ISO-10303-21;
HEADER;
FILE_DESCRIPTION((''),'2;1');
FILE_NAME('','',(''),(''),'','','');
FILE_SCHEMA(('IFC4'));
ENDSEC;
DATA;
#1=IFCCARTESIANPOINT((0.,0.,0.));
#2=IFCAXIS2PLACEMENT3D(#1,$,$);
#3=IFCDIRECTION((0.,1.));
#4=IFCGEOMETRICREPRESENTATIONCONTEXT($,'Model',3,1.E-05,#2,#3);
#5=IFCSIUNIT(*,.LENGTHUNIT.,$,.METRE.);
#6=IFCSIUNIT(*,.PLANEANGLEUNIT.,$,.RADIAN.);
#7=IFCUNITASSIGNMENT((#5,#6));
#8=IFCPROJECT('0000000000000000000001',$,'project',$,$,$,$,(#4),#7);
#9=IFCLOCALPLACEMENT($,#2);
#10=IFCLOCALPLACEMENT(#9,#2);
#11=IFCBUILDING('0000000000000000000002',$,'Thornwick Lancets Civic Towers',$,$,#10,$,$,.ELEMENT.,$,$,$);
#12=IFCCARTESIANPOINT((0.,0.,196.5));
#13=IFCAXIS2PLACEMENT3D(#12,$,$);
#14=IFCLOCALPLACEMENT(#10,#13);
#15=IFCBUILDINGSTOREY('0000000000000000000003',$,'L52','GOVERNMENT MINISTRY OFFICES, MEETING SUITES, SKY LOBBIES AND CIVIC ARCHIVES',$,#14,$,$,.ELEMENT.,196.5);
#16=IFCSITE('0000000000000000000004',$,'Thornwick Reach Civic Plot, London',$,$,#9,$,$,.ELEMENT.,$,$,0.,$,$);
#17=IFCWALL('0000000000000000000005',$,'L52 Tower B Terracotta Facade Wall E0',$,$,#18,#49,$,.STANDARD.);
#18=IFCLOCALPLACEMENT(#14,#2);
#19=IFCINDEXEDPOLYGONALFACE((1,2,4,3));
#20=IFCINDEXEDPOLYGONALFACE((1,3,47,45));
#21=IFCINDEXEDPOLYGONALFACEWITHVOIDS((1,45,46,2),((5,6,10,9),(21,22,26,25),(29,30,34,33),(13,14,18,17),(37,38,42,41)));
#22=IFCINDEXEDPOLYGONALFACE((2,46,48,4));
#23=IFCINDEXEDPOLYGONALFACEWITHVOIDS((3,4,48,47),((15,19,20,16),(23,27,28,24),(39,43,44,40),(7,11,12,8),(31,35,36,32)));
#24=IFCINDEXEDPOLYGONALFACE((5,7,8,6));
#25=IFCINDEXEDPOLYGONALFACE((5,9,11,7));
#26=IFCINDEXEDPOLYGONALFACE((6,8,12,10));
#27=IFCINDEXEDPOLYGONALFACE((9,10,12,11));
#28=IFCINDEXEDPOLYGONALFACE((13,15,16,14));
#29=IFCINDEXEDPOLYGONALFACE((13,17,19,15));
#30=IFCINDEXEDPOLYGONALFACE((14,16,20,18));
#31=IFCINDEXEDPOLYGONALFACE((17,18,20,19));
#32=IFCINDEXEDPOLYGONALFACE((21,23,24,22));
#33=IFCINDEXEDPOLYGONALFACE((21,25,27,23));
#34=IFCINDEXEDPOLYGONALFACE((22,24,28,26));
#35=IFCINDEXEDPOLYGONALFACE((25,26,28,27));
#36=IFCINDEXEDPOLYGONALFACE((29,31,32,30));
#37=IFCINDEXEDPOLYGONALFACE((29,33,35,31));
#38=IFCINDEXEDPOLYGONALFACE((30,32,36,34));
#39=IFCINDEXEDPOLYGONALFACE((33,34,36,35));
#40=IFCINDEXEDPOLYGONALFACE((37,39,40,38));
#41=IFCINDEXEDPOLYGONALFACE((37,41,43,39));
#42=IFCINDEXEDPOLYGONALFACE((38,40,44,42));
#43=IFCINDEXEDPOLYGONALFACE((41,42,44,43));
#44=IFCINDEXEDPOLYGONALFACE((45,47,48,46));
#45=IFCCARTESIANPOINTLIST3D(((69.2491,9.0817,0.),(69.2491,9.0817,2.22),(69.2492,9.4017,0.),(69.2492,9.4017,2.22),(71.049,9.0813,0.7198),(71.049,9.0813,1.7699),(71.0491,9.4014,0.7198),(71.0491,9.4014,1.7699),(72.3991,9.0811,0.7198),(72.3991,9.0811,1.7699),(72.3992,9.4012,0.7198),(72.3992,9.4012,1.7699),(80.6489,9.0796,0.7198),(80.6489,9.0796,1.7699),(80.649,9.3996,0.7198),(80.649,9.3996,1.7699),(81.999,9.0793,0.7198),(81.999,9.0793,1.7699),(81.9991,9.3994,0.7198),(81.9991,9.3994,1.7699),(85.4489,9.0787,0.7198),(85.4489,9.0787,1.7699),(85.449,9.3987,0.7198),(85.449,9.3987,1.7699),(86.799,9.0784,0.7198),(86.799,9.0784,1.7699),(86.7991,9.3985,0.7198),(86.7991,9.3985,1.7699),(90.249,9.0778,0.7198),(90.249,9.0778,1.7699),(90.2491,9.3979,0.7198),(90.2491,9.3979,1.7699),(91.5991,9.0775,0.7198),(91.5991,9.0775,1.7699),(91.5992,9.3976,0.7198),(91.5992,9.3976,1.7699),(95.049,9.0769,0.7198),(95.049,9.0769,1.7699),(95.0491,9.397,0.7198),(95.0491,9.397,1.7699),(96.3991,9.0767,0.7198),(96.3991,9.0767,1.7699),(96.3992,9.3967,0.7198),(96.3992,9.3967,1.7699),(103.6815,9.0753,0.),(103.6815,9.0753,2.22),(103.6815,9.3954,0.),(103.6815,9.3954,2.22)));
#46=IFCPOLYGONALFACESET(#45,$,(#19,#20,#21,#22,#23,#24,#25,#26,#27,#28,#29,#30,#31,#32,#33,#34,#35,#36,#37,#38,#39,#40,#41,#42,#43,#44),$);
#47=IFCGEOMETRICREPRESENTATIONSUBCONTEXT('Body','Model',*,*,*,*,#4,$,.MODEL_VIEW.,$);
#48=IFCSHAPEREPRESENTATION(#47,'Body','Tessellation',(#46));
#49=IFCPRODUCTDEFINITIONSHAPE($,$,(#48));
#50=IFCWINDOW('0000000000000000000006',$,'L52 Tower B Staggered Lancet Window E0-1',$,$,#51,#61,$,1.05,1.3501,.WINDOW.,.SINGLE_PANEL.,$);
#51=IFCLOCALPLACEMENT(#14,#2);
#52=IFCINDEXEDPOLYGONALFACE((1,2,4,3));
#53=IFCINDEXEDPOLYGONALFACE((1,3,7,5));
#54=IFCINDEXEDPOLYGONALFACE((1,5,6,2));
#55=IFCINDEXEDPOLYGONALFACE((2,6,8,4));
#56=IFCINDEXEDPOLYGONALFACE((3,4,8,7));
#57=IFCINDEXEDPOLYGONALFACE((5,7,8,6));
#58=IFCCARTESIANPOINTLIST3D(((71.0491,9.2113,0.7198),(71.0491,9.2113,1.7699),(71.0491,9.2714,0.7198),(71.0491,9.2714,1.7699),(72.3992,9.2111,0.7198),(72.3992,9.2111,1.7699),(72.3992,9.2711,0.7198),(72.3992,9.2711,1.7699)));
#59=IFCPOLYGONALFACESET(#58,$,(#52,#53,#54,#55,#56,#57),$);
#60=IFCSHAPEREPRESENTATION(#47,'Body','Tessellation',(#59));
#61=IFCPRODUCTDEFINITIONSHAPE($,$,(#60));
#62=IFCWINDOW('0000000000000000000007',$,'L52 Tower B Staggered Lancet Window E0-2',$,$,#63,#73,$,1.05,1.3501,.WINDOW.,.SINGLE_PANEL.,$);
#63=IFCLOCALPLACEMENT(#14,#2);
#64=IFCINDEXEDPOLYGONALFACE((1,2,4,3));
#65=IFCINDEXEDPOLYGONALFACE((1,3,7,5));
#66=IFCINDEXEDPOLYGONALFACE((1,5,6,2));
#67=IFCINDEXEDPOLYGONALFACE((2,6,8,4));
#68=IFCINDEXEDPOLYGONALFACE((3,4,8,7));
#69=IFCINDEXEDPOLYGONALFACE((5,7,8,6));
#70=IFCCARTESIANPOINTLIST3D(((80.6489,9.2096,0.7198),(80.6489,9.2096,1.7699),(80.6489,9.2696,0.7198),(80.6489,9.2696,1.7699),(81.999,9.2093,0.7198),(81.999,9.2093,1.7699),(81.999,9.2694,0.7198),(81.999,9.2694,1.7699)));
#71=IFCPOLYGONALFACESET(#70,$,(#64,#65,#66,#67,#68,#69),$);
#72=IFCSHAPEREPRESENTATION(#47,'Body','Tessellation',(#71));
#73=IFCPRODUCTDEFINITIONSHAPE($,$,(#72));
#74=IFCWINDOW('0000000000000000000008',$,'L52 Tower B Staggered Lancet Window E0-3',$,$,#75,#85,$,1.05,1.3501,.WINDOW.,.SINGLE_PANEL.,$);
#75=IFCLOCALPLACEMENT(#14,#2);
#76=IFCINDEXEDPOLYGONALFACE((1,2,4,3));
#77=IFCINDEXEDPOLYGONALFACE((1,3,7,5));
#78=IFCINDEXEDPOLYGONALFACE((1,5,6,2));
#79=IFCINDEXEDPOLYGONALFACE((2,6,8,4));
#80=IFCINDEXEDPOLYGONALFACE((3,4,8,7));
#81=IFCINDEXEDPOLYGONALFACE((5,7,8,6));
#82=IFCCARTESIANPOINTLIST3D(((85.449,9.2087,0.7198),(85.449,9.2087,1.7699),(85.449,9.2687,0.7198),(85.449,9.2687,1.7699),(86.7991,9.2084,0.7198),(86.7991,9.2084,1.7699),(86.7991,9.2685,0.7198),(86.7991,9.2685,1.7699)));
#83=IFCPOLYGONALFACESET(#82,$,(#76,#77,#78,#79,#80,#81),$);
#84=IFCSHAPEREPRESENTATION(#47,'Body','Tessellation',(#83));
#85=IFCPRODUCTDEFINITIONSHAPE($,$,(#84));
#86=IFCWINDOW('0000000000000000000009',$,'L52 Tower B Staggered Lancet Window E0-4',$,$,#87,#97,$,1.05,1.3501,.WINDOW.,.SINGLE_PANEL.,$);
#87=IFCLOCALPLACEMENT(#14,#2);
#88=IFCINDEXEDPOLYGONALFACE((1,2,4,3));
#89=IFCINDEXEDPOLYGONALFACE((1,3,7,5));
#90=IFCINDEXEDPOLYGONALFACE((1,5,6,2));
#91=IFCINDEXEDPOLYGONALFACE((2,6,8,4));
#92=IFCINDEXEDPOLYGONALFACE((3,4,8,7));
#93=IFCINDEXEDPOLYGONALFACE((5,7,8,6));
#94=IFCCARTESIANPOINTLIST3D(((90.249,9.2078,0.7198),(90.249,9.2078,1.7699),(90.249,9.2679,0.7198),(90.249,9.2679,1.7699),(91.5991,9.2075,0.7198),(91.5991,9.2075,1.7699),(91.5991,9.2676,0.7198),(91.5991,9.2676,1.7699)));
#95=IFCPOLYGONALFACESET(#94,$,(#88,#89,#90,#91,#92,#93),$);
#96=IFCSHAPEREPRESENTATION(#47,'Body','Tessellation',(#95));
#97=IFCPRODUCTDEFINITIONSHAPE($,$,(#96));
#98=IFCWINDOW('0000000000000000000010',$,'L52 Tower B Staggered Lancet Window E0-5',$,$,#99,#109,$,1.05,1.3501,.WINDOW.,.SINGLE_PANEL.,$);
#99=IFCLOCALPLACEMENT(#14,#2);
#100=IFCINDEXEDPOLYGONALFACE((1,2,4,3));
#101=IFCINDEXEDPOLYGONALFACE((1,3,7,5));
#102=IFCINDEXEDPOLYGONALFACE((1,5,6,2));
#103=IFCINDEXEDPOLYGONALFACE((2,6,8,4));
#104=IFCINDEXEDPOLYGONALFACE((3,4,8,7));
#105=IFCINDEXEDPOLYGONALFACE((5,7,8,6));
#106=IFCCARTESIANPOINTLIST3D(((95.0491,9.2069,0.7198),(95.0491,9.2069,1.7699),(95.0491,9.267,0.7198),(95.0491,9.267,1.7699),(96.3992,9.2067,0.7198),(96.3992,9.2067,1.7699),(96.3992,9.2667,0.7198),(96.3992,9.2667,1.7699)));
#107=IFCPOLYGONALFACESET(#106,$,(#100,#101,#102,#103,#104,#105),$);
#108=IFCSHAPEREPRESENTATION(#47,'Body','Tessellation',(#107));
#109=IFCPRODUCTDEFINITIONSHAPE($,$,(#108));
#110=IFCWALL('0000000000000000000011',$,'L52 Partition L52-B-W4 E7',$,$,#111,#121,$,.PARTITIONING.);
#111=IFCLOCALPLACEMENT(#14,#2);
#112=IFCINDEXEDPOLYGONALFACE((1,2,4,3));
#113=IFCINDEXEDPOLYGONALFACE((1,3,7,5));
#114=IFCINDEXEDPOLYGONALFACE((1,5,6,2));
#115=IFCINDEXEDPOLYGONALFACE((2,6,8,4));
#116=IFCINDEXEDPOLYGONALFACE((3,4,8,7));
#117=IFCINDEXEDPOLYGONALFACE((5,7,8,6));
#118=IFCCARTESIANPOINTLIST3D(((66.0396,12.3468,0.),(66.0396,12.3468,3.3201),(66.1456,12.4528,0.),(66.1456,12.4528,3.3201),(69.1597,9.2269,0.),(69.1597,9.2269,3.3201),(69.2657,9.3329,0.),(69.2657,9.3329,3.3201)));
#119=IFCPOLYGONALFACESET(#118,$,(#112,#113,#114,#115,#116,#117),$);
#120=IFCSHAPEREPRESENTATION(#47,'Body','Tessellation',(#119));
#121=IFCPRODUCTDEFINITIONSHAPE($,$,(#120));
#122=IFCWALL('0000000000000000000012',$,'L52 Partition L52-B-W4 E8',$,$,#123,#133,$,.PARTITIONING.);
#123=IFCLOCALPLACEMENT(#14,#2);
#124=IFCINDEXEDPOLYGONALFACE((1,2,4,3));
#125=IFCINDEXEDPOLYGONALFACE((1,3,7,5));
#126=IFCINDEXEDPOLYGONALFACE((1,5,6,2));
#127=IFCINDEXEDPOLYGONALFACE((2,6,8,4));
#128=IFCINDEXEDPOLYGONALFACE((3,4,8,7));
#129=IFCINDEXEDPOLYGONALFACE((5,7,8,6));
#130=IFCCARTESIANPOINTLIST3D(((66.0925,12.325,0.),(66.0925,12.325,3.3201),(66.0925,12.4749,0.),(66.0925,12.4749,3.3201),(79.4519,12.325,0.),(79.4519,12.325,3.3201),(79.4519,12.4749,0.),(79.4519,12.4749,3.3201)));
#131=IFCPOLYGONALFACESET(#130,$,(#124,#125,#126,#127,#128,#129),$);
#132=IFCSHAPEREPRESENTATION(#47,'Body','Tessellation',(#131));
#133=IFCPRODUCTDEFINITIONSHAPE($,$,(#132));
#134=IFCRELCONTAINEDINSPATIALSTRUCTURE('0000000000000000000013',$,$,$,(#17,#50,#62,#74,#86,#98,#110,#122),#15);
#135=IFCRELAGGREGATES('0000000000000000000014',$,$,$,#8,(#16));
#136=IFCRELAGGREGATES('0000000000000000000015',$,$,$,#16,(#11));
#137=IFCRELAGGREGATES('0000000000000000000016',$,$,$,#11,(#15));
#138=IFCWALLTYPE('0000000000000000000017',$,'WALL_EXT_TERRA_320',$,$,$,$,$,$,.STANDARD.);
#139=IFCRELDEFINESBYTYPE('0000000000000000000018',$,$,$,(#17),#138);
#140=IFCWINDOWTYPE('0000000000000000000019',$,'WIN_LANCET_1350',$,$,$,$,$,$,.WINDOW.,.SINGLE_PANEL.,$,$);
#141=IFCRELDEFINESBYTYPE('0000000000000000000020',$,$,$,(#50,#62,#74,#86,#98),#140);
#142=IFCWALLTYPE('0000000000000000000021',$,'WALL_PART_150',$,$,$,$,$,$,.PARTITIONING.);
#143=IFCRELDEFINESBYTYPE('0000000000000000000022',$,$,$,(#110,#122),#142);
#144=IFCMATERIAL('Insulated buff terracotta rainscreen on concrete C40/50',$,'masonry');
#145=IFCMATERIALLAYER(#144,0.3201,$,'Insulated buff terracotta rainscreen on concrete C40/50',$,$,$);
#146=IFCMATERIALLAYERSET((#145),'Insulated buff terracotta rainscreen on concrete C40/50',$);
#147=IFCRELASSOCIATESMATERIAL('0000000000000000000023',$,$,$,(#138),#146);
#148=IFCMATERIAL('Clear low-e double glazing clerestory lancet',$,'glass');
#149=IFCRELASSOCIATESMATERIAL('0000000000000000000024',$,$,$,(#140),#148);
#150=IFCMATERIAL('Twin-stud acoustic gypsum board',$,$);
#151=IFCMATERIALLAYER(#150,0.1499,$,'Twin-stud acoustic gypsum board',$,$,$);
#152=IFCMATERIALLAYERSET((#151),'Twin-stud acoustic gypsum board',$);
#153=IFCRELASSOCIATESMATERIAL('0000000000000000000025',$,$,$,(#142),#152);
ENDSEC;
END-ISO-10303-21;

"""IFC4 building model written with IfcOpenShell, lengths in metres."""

from ifc_helpers import new_model, si_unit, direction, frame, frame_2d, origin, place, context, subcontext, project, spatial, rectangle, extrude, material, layer, layer_set, type_object, element, fill, save


model = new_model("IFC4")

# Units and contexts
model_context = context("Model", 3, precision=1e-05, world=origin(), true_north=direction((0.0, 1.0)))
body_context = subcontext(model_context, "Body", "Model", "MODEL_VIEW")
ifc_project = project(units=[si_unit("LENGTHUNIT", "METRE"), si_unit("PLANEANGLEUNIT", "RADIAN")], contexts=[model_context])

# Site, building, storey
site_placement = place(None, origin())
site = spatial("IfcSite", under=ifc_project, at=site_placement, Name="Thornwick Reach Civic Plot, London", CompositionType="ELEMENT", RefElevation=0.0)
building_placement = place(site_placement, origin())
building = spatial("IfcBuilding", under=site, at=building_placement, Name="Thornwick Lancets Civic Towers", CompositionType="ELEMENT")
storey_placement = place(building_placement, frame((0.0, 0.0, 196.5)))
storey = spatial("IfcBuildingStorey", under=building, at=storey_placement, Name="L52", Description="GOVERNMENT MINISTRY OFFICES, MEETING SUITES, SKY LOBBIES AND CIVIC ARCHIVES", CompositionType="ELEMENT", Elevation=196.5)

# Wall, openings, windows
ifc_material_1 = material(Name="Insulated buff terracotta rainscreen on concrete C40/50", Category="masonry")
ifc_layer_1 = layer(ifc_material_1, 0.3201, Name="Insulated buff terracotta rainscreen on concrete C40/50")
ifc_layer_set_1 = layer_set([ifc_layer_1], Name="Insulated buff terracotta rainscreen on concrete C40/50")
wall_type_1 = type_object("IfcWallType", Name="WALL_EXT_TERRA_320", PredefinedType="STANDARD", material=ifc_layer_set_1)
ifc_material_2 = material(Name="Clear low-e double glazing clerestory lancet", Category="glass")
window_type = type_object("IfcWindowType", Name="WIN_LANCET_1350", PartitioningType="SINGLE_PANEL", PredefinedType="WINDOW", material=ifc_material_2)
wall_1_placement = place(storey_placement, frame((69.249, 9.2417, 0.0), z_axis=(0.0, 0.0, 1.0), x_axis=(1.0, -0.000184, 0.0)))
wall_1 = element("IfcWall", 1, at=wall_1_placement, inside=storey, type_object=wall_type_1, Name="L52 Tower B Terracotta Facade Wall E0", PredefinedType="STANDARD", context=body_context, shape_type="SweptSolid", body=[
    extrude(rectangle(XDim=34.4324, YDim=0.3201, at=frame_2d((17.2163, 0.0))), origin(), (0.0, 0.0, 1.0), 2.22),
])
opening_1_placement = place(wall_1_placement, frame((1.8, 0.0, 0.72)))
opening_1 = element("IfcOpeningElement", 2, at=opening_1_placement, cuts=wall_1, PredefinedType="OPENING", context=body_context, shape_type="SweptSolid", body=[
    extrude(rectangle(XDim=1.3501, YDim=1.05, at=frame_2d((0.675, 0.5249))), frame((0.0, 0.1699, 0.0), z_axis=(0.0, -1.0, 0.0), x_axis=(1.0, 0.0, 0.0)), (0.0, 0.0, 1.0), 0.3401),
])
opening_2_placement = place(wall_1_placement, frame((11.3999, 0.0, 0.72)))
opening_2 = element("IfcOpeningElement", 3, at=opening_2_placement, cuts=wall_1, PredefinedType="OPENING", context=body_context, shape_type="SweptSolid", body=[
    extrude(rectangle(XDim=1.3501, YDim=1.05, at=frame_2d((0.675, 0.5249))), frame((0.0, 0.1699, 0.0), z_axis=(0.0, -1.0, 0.0), x_axis=(1.0, 0.0, 0.0)), (0.0, 0.0, 1.0), 0.3401),
])
opening_3_placement = place(wall_1_placement, frame((16.2, 0.0, 0.72)))
opening_3 = element("IfcOpeningElement", 4, at=opening_3_placement, cuts=wall_1, PredefinedType="OPENING", context=body_context, shape_type="SweptSolid", body=[
    extrude(rectangle(XDim=1.3501, YDim=1.05, at=frame_2d((0.675, 0.5249))), frame((0.0, 0.1699, 0.0), z_axis=(0.0, -1.0, 0.0), x_axis=(1.0, 0.0, 0.0)), (0.0, 0.0, 1.0), 0.3401),
])
opening_4_placement = place(wall_1_placement, frame((21.0, 0.0, 0.72)))
opening_4 = element("IfcOpeningElement", 5, at=opening_4_placement, cuts=wall_1, PredefinedType="OPENING", context=body_context, shape_type="SweptSolid", body=[
    extrude(rectangle(XDim=1.3501, YDim=1.05, at=frame_2d((0.675, 0.5249))), frame((0.0, 0.1699, 0.0), z_axis=(0.0, -1.0, 0.0), x_axis=(1.0, 0.0, 0.0)), (0.0, 0.0, 1.0), 0.3401),
])
opening_5_placement = place(wall_1_placement, frame((25.8, 0.0, 0.72)))
opening_5 = element("IfcOpeningElement", 6, at=opening_5_placement, cuts=wall_1, PredefinedType="OPENING", context=body_context, shape_type="SweptSolid", body=[
    extrude(rectangle(XDim=1.3501, YDim=1.05, at=frame_2d((0.675, 0.5249))), frame((0.0, 0.1699, 0.0), z_axis=(0.0, -1.0, 0.0), x_axis=(1.0, 0.0, 0.0)), (0.0, 0.0, 1.0), 0.3401),
])
window_1_placement = place(opening_1_placement, origin())
window_1 = element("IfcWindow", 7, at=window_1_placement, inside=storey, type_object=window_type, Name="L52 Tower B Staggered Lancet Window E0-1", OverallHeight=1.05, OverallWidth=1.3501, PartitioningType="SINGLE_PANEL", PredefinedType="WINDOW", context=body_context, shape_type="SweptSolid", body=[
    extrude(rectangle(XDim=1.3501, YDim=1.05, at=frame_2d((0.675, 0.5249))), frame((0.0, 0.03, 0.0), z_axis=(0.0, -1.0, 0.0), x_axis=(1.0, 0.0, 0.0)), (0.0, 0.0, 1.0), 0.0601),
])
fill(opening_1, window_1)
window_2_placement = place(opening_2_placement, origin())
window_2 = element("IfcWindow", 8, at=window_2_placement, inside=storey, type_object=window_type, Name="L52 Tower B Staggered Lancet Window E0-2", OverallHeight=1.05, OverallWidth=1.3501, PartitioningType="SINGLE_PANEL", PredefinedType="WINDOW", context=body_context, shape_type="SweptSolid", body=[
    extrude(rectangle(XDim=1.3501, YDim=1.05, at=frame_2d((0.675, 0.5249))), frame((0.0, 0.03, 0.0), z_axis=(0.0, -1.0, 0.0), x_axis=(1.0, 0.0, 0.0)), (0.0, 0.0, 1.0), 0.0601),
])
fill(opening_2, window_2)
window_3_placement = place(opening_3_placement, origin())
window_3 = element("IfcWindow", 9, at=window_3_placement, inside=storey, type_object=window_type, Name="L52 Tower B Staggered Lancet Window E0-3", OverallHeight=1.05, OverallWidth=1.3501, PartitioningType="SINGLE_PANEL", PredefinedType="WINDOW", context=body_context, shape_type="SweptSolid", body=[
    extrude(rectangle(XDim=1.3501, YDim=1.05, at=frame_2d((0.675, 0.5249))), frame((0.0, 0.03, 0.0), z_axis=(0.0, -1.0, 0.0), x_axis=(1.0, 0.0, 0.0)), (0.0, 0.0, 1.0), 0.0601),
])
fill(opening_3, window_3)
window_4_placement = place(opening_4_placement, origin())
window_4 = element("IfcWindow", 10, at=window_4_placement, inside=storey, type_object=window_type, Name="L52 Tower B Staggered Lancet Window E0-4", OverallHeight=1.05, OverallWidth=1.3501, PartitioningType="SINGLE_PANEL", PredefinedType="WINDOW", context=body_context, shape_type="SweptSolid", body=[
    extrude(rectangle(XDim=1.3501, YDim=1.05, at=frame_2d((0.675, 0.5249))), frame((0.0, 0.03, 0.0), z_axis=(0.0, -1.0, 0.0), x_axis=(1.0, 0.0, 0.0)), (0.0, 0.0, 1.0), 0.0601),
])
fill(opening_4, window_4)
window_5_placement = place(opening_5_placement, origin())
window_5 = element("IfcWindow", 11, at=window_5_placement, inside=storey, type_object=window_type, Name="L52 Tower B Staggered Lancet Window E0-5", OverallHeight=1.05, OverallWidth=1.3501, PartitioningType="SINGLE_PANEL", PredefinedType="WINDOW", context=body_context, shape_type="SweptSolid", body=[
    extrude(rectangle(XDim=1.3501, YDim=1.05, at=frame_2d((0.675, 0.5249))), frame((0.0, 0.03, 0.0), z_axis=(0.0, -1.0, 0.0), x_axis=(1.0, 0.0, 0.0)), (0.0, 0.0, 1.0), 0.0601),
])
fill(opening_5, window_5)

# Walls
ifc_material_3 = material(Name="Twin-stud acoustic gypsum board")
ifc_layer_2 = layer(ifc_material_3, 0.1499, Name="Twin-stud acoustic gypsum board")
ifc_layer_set_2 = layer_set([ifc_layer_2], Name="Twin-stud acoustic gypsum board")
wall_type_2 = type_object("IfcWallType", Name="WALL_PART_150", PredefinedType="PARTITIONING", material=ifc_layer_set_2)
wall_2_placement = place(storey_placement, frame((69.2126, 9.28, 0.0), z_axis=(0.0, 0.0, 1.0), x_axis=(-0.707134, 0.707079, 0.0)))
element("IfcWall", 12, at=wall_2_placement, inside=storey, type_object=wall_type_2, Name="L52 Partition L52-B-W4 E7", PredefinedType="PARTITIONING", context=body_context, shape_type="SweptSolid", body=[
    extrude(rectangle(XDim=4.4124, YDim=0.1499, at=frame_2d((2.2061, 0.0))), origin(), (0.0, 0.0, 1.0), 3.3201),
])
wall_3_placement = place(storey_placement, frame((66.0925, 12.3999, 0.0), z_axis=(0.0, 0.0, 1.0), x_axis=(1.0, 0.0, 0.0)))
element("IfcWall", 13, at=wall_3_placement, inside=storey, type_object=wall_type_2, Name="L52 Partition L52-B-W4 E8", PredefinedType="PARTITIONING", context=body_context, shape_type="SweptSolid", body=[
    extrude(rectangle(XDim=13.3594, YDim=0.1499, at=frame_2d((6.6797, 0.0))), origin(), (0.0, 0.0, 1.0), 3.3201),
])

save(model, "model.ifc")
